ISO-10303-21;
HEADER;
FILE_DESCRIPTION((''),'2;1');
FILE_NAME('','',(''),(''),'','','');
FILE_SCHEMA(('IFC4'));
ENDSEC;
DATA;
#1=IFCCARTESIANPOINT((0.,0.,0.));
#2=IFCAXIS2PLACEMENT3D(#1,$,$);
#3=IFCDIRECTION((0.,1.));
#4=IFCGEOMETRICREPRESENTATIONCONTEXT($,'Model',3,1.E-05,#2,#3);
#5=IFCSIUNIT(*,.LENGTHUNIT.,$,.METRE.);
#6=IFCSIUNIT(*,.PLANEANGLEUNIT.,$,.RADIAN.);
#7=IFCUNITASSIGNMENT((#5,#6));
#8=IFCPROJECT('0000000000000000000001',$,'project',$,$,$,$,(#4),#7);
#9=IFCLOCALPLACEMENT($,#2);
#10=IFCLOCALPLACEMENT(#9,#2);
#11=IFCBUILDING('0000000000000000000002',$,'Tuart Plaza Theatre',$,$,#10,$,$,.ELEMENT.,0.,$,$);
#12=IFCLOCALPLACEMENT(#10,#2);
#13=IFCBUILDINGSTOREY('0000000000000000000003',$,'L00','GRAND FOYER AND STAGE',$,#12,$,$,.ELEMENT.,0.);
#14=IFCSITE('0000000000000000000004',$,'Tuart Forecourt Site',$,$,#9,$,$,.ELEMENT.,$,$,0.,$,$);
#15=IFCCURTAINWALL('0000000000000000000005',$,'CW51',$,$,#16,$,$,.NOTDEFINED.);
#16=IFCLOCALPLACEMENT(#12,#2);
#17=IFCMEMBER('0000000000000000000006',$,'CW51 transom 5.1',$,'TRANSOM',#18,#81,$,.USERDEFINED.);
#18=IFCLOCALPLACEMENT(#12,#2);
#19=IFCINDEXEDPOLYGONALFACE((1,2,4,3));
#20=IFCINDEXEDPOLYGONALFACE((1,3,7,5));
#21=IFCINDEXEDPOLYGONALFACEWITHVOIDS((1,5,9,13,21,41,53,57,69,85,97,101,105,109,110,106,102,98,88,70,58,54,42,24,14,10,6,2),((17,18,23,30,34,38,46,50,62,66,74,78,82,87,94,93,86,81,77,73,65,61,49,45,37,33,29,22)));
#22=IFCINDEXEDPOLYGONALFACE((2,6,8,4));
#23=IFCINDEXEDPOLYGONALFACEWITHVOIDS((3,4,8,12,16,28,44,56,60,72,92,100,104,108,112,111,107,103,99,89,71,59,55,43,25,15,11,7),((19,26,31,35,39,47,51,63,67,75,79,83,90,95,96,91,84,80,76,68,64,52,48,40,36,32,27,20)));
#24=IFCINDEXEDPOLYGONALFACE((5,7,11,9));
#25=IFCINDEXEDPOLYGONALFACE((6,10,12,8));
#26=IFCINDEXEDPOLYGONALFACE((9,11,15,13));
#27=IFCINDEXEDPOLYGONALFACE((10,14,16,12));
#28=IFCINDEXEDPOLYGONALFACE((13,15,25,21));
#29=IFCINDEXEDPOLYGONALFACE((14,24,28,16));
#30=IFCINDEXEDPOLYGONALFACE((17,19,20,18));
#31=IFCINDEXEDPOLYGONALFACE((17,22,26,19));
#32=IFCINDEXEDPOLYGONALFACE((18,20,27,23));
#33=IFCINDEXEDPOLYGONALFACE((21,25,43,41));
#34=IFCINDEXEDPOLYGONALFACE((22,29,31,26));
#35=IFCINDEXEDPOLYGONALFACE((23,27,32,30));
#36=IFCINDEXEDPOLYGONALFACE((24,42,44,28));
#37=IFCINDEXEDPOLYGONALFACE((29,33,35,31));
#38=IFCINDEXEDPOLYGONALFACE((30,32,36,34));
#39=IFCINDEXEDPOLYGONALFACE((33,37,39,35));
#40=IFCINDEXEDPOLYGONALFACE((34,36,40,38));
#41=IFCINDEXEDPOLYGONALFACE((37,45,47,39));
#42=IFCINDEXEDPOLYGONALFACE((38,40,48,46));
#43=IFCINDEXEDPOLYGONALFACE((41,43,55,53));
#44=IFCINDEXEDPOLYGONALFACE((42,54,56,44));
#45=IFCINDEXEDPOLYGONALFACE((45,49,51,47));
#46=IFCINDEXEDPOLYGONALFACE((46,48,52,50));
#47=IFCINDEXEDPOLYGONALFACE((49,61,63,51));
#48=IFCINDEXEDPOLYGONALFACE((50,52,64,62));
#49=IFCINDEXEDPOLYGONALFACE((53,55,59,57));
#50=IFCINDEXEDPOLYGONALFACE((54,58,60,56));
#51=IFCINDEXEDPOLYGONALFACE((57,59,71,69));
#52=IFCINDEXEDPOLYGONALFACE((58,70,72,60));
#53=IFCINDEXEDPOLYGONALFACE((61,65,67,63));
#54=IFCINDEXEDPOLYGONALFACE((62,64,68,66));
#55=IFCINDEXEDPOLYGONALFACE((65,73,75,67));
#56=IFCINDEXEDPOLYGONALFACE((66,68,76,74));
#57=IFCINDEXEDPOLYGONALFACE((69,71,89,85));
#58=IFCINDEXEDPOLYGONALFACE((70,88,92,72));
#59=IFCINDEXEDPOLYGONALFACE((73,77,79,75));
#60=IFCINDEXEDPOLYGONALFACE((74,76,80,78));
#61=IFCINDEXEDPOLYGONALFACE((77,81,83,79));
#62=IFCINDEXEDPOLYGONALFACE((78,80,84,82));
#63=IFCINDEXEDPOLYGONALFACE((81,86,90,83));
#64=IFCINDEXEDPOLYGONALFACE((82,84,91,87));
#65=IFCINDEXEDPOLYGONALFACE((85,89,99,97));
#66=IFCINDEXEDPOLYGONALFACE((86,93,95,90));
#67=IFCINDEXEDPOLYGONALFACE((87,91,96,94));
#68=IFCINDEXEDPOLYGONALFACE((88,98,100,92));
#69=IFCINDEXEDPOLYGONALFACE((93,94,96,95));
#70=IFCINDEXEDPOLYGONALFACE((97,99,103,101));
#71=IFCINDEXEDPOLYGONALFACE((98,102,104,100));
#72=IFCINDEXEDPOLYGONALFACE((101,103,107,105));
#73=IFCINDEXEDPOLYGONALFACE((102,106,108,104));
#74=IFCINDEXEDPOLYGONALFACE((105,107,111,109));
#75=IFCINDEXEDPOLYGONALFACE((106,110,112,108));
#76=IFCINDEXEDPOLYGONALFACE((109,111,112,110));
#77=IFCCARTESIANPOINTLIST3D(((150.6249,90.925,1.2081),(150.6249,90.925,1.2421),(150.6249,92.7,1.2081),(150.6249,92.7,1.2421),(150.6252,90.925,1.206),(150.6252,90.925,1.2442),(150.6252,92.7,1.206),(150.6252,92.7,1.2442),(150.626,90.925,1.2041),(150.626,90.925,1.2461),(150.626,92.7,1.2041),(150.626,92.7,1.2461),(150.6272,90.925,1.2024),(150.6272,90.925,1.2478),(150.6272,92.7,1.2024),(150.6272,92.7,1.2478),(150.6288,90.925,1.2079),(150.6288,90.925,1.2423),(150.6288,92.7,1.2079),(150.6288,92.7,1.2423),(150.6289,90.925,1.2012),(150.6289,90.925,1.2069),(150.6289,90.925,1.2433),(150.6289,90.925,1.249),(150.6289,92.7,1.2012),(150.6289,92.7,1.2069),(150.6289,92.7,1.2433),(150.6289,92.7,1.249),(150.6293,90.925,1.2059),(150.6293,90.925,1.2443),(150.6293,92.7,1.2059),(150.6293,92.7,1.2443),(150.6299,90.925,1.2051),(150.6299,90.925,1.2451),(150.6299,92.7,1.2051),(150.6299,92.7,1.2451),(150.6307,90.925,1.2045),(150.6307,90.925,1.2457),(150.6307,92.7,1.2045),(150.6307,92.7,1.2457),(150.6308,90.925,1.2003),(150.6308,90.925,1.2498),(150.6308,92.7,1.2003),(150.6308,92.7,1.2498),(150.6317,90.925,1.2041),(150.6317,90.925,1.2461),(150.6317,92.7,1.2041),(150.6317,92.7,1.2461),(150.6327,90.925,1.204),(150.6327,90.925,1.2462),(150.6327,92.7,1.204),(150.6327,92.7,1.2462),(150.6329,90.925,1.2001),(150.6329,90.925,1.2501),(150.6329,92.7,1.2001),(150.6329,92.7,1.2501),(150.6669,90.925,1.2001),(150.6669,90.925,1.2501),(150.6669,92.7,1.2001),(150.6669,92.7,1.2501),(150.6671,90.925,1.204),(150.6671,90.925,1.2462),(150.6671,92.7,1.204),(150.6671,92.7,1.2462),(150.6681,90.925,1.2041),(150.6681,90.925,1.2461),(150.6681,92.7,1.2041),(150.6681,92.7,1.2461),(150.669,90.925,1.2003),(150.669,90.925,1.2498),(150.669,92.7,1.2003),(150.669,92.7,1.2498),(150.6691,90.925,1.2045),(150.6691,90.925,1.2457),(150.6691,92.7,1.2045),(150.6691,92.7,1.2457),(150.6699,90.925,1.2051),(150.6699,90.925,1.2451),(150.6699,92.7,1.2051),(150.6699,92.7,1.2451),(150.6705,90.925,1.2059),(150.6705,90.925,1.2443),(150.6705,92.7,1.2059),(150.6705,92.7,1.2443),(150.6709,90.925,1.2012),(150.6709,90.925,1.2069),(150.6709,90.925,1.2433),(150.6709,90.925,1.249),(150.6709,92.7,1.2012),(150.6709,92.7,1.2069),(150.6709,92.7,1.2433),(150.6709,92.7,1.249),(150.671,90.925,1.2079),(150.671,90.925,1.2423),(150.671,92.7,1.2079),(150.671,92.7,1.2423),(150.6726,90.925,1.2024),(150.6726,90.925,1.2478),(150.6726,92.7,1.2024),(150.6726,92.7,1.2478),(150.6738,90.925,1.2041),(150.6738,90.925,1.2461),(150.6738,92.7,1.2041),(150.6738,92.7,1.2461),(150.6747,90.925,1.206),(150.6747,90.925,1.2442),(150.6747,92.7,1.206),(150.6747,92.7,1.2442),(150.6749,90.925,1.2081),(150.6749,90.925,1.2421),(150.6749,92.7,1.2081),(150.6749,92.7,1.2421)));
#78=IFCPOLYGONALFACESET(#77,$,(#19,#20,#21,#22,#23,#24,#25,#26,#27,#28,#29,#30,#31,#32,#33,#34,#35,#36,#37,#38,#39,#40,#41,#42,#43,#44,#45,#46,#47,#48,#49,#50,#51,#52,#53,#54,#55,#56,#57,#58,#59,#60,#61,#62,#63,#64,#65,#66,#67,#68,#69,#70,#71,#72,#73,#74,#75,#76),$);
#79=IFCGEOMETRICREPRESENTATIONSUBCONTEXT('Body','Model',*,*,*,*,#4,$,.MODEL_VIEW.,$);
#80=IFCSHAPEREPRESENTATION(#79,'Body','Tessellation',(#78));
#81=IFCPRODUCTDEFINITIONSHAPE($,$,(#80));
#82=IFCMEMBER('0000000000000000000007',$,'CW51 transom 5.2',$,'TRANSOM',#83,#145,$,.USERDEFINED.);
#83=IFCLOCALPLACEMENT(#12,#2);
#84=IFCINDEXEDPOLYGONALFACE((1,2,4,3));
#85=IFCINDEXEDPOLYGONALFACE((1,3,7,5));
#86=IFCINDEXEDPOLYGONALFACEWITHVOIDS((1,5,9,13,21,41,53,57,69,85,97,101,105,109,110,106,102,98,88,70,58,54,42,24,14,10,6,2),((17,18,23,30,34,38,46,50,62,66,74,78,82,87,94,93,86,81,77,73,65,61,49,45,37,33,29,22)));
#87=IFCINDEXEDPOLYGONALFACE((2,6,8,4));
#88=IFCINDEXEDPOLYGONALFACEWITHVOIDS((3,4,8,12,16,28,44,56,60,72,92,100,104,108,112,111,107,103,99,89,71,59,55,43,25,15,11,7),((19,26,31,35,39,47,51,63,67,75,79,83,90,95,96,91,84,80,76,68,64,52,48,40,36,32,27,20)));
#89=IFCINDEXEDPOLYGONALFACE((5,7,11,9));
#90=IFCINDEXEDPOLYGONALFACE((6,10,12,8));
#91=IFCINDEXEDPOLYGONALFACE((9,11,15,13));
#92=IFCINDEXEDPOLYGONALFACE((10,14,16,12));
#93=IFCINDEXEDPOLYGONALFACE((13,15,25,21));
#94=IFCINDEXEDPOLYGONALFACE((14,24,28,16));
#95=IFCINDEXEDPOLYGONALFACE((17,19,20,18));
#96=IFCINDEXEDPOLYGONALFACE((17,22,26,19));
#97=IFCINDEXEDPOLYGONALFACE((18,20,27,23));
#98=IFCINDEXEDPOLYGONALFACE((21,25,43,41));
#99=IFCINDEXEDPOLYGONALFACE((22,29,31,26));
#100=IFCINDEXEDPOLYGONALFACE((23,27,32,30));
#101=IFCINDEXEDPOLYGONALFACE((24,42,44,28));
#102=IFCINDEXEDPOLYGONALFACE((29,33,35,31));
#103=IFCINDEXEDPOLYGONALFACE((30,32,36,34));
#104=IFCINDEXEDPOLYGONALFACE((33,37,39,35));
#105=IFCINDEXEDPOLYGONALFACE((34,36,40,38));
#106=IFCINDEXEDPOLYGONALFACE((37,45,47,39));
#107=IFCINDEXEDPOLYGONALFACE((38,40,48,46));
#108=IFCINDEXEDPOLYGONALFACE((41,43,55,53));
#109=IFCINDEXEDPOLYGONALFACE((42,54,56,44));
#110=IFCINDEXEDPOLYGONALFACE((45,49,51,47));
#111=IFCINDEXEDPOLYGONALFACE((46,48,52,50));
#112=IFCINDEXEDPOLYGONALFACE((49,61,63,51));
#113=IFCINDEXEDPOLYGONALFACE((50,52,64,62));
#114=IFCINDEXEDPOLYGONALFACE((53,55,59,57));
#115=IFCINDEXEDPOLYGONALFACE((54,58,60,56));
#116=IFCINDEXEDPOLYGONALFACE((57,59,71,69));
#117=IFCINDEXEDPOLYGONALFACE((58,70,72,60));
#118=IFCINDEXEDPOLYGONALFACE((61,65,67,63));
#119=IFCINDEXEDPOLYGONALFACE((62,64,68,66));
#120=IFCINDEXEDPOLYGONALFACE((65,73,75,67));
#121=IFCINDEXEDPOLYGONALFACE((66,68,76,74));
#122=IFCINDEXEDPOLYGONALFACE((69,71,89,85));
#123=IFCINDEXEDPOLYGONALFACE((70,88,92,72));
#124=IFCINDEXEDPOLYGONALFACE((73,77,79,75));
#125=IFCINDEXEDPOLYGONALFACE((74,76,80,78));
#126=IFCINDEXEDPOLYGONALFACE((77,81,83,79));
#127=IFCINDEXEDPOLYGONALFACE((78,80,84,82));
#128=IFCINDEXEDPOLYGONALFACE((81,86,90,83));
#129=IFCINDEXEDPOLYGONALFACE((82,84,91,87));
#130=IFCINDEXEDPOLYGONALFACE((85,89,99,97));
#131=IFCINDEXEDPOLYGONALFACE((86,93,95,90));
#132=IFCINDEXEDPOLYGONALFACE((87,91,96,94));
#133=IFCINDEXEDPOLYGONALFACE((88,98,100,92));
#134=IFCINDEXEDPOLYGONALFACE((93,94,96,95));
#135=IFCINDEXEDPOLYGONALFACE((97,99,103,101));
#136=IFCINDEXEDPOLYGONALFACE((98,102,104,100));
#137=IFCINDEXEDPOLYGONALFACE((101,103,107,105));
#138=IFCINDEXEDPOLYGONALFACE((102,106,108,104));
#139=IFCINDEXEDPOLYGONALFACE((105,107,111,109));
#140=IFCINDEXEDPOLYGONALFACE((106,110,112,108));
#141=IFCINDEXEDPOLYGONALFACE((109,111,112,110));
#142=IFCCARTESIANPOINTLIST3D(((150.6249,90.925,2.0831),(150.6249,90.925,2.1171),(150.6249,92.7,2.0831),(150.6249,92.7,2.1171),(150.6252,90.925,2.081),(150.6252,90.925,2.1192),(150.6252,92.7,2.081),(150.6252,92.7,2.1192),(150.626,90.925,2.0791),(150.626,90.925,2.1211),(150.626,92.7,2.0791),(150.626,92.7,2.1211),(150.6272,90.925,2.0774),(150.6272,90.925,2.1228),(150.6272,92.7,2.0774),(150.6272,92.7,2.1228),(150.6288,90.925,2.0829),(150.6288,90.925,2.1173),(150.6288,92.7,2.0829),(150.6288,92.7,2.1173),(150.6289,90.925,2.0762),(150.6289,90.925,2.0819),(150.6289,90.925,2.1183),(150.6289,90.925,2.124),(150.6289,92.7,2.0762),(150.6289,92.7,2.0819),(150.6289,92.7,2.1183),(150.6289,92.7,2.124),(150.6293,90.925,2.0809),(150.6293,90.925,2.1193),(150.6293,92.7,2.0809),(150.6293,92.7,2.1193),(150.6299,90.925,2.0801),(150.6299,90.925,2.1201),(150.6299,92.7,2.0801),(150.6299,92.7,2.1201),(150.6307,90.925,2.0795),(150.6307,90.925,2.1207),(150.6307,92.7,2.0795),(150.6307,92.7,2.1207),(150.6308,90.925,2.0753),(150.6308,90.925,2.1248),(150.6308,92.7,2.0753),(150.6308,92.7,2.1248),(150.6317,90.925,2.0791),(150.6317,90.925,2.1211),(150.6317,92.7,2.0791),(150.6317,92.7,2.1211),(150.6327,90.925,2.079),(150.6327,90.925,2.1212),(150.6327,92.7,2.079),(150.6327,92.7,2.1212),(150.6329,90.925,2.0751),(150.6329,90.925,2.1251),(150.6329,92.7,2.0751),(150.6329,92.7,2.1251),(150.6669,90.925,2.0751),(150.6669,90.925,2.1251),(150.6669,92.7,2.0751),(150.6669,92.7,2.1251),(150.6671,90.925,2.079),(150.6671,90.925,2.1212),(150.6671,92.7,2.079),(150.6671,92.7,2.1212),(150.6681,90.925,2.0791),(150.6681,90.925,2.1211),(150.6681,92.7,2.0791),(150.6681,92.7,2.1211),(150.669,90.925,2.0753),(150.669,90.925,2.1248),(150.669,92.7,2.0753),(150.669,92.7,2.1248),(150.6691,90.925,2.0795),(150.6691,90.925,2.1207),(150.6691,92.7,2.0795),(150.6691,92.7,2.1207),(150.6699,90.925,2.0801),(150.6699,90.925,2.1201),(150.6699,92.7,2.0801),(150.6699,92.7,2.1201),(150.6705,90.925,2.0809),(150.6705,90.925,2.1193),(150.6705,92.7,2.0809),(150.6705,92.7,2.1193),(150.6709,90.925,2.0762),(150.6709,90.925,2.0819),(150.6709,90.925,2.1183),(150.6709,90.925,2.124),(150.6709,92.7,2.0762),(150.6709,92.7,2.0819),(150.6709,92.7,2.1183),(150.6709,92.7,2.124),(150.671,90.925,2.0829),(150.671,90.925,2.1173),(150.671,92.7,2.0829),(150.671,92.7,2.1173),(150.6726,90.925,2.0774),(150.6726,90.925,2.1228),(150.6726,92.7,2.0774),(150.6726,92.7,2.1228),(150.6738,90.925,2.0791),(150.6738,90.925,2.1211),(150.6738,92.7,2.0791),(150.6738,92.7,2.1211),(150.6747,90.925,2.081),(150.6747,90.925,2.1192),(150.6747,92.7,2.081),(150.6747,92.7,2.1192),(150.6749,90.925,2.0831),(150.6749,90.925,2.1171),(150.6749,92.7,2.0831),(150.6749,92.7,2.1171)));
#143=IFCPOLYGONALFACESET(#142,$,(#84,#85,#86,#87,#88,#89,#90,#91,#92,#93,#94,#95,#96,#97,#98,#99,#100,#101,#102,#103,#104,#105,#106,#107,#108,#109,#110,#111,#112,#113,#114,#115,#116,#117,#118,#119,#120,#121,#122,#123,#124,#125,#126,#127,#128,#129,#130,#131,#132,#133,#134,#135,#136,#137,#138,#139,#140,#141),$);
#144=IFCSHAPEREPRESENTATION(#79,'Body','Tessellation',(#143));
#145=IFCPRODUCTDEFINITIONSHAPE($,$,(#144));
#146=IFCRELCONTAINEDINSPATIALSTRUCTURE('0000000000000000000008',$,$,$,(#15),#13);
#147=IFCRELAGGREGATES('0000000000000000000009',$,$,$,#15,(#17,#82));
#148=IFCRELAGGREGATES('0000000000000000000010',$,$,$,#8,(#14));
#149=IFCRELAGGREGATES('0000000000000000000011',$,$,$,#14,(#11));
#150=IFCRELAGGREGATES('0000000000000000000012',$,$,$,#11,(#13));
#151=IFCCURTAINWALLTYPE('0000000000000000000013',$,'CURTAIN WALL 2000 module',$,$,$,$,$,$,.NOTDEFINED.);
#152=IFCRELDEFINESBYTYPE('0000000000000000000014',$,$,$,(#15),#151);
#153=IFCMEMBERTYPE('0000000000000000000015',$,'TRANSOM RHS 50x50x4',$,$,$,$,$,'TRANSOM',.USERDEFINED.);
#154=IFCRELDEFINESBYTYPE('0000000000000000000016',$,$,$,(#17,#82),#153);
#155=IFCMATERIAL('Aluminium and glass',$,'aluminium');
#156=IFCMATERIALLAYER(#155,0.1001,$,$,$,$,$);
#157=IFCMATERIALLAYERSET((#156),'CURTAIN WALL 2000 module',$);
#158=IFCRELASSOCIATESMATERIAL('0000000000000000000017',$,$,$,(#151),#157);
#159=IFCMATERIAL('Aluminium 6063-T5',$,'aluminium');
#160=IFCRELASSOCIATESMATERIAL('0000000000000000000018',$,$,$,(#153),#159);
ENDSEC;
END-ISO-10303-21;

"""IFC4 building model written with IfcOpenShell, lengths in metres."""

from ifc_helpers import new_model, si_unit, direction, frame, origin, origin_2d, place, context, subcontext, project, spatial, hollow_rectangle, extrude, material, layer, layer_set, material_profile, profile_set, type_object, element, aggregate, save


model = new_model("IFC4")

# Units and contexts
model_context = context("Model", 3, precision=1e-05, world=origin(), true_north=direction((0.0, 1.0)))
body_context = subcontext(model_context, "Body", "Model", "MODEL_VIEW")
ifc_project = project(units=[si_unit("LENGTHUNIT", "METRE"), si_unit("PLANEANGLEUNIT", "RADIAN")], contexts=[model_context])

# Site, building, storey
site_placement = place(None, origin())
site = spatial("IfcSite", under=ifc_project, at=site_placement, Name="Tuart Forecourt Site", CompositionType="ELEMENT", RefElevation=0.0)
building_placement = place(site_placement, origin())
building = spatial("IfcBuilding", under=site, at=building_placement, Name="Tuart Plaza Theatre", CompositionType="ELEMENT", ElevationOfRefHeight=0.0)
storey_placement = place(building_placement, origin())
storey = spatial("IfcBuildingStorey", under=building, at=storey_placement, Name="L00", Description="GRAND FOYER AND STAGE", CompositionType="ELEMENT", Elevation=0.0)

# Curtain wall
ifc_material_1 = material(Name="Aluminium and glass", Category="aluminium")
ifc_layer_1 = layer(ifc_material_1, 0.1001)
ifc_layer_set_1 = layer_set([ifc_layer_1], Name="CURTAIN WALL 2000 module")
curtain_wall_type_1 = type_object("IfcCurtainWallType", Name="CURTAIN WALL 2000 module", PredefinedType="NOTDEFINED", material=ifc_layer_set_1)
curtain_wall_1_placement = place(storey_placement, origin())
curtain_wall_1 = element("IfcCurtainWall", 1, at=curtain_wall_1_placement, inside=storey, type_object=curtain_wall_type_1, Name="CW51", PredefinedType="NOTDEFINED")

# Members
ifc_material_2 = material(Name="Aluminium 6063-T5", Category="aluminium")
ifc_material_profile_1 = material_profile(ifc_material_2, hollow_rectangle(XDim=0.05, YDim=0.05, WallThickness=0.0039, InnerFilletRadius=0.0039, OuterFilletRadius=0.0081, at=origin_2d()), Name="RHS 50x50x4")
ifc_profile_set_1 = profile_set([ifc_material_profile_1], Name="Aluminium 6063-T5")
member_type_1 = type_object("IfcMemberType", Name="TRANSOM RHS 50x50x4", ElementType="TRANSOM", PredefinedType="USERDEFINED", material=ifc_profile_set_1)
member_1_placement = place(storey_placement, frame((150.6499, 90.925, 1.2251), z_axis=(0.0, 1.0, 0.0), x_axis=(-1.0, 0.0, 0.0)))
member_1 = element("IfcMember", 2, at=member_1_placement, type_object=member_type_1, Name="CW51 transom 5.1", ObjectType="TRANSOM", PredefinedType="USERDEFINED", context=body_context, shape_type="SweptSolid", body=[
    extrude(hollow_rectangle(XDim=0.05, YDim=0.05, WallThickness=0.0039, InnerFilletRadius=0.0039, OuterFilletRadius=0.0081, at=origin_2d()), origin(), (0.0, 0.0, 1.0), 1.7749),
])
member_2_placement = place(storey_placement, frame((150.6499, 90.925, 2.1001), z_axis=(0.0, 1.0, 0.0), x_axis=(-1.0, 0.0, 0.0)))
member_2 = element("IfcMember", 3, at=member_2_placement, type_object=member_type_1, Name="CW51 transom 5.2", ObjectType="TRANSOM", PredefinedType="USERDEFINED", context=body_context, shape_type="SweptSolid", body=[
    extrude(hollow_rectangle(XDim=0.05, YDim=0.05, WallThickness=0.0039, InnerFilletRadius=0.0039, OuterFilletRadius=0.0081, at=origin_2d()), origin(), (0.0, 0.0, 1.0), 1.7749),
])

aggregate(curtain_wall_1, [member_1, member_2])

save(model, "model.ifc")
